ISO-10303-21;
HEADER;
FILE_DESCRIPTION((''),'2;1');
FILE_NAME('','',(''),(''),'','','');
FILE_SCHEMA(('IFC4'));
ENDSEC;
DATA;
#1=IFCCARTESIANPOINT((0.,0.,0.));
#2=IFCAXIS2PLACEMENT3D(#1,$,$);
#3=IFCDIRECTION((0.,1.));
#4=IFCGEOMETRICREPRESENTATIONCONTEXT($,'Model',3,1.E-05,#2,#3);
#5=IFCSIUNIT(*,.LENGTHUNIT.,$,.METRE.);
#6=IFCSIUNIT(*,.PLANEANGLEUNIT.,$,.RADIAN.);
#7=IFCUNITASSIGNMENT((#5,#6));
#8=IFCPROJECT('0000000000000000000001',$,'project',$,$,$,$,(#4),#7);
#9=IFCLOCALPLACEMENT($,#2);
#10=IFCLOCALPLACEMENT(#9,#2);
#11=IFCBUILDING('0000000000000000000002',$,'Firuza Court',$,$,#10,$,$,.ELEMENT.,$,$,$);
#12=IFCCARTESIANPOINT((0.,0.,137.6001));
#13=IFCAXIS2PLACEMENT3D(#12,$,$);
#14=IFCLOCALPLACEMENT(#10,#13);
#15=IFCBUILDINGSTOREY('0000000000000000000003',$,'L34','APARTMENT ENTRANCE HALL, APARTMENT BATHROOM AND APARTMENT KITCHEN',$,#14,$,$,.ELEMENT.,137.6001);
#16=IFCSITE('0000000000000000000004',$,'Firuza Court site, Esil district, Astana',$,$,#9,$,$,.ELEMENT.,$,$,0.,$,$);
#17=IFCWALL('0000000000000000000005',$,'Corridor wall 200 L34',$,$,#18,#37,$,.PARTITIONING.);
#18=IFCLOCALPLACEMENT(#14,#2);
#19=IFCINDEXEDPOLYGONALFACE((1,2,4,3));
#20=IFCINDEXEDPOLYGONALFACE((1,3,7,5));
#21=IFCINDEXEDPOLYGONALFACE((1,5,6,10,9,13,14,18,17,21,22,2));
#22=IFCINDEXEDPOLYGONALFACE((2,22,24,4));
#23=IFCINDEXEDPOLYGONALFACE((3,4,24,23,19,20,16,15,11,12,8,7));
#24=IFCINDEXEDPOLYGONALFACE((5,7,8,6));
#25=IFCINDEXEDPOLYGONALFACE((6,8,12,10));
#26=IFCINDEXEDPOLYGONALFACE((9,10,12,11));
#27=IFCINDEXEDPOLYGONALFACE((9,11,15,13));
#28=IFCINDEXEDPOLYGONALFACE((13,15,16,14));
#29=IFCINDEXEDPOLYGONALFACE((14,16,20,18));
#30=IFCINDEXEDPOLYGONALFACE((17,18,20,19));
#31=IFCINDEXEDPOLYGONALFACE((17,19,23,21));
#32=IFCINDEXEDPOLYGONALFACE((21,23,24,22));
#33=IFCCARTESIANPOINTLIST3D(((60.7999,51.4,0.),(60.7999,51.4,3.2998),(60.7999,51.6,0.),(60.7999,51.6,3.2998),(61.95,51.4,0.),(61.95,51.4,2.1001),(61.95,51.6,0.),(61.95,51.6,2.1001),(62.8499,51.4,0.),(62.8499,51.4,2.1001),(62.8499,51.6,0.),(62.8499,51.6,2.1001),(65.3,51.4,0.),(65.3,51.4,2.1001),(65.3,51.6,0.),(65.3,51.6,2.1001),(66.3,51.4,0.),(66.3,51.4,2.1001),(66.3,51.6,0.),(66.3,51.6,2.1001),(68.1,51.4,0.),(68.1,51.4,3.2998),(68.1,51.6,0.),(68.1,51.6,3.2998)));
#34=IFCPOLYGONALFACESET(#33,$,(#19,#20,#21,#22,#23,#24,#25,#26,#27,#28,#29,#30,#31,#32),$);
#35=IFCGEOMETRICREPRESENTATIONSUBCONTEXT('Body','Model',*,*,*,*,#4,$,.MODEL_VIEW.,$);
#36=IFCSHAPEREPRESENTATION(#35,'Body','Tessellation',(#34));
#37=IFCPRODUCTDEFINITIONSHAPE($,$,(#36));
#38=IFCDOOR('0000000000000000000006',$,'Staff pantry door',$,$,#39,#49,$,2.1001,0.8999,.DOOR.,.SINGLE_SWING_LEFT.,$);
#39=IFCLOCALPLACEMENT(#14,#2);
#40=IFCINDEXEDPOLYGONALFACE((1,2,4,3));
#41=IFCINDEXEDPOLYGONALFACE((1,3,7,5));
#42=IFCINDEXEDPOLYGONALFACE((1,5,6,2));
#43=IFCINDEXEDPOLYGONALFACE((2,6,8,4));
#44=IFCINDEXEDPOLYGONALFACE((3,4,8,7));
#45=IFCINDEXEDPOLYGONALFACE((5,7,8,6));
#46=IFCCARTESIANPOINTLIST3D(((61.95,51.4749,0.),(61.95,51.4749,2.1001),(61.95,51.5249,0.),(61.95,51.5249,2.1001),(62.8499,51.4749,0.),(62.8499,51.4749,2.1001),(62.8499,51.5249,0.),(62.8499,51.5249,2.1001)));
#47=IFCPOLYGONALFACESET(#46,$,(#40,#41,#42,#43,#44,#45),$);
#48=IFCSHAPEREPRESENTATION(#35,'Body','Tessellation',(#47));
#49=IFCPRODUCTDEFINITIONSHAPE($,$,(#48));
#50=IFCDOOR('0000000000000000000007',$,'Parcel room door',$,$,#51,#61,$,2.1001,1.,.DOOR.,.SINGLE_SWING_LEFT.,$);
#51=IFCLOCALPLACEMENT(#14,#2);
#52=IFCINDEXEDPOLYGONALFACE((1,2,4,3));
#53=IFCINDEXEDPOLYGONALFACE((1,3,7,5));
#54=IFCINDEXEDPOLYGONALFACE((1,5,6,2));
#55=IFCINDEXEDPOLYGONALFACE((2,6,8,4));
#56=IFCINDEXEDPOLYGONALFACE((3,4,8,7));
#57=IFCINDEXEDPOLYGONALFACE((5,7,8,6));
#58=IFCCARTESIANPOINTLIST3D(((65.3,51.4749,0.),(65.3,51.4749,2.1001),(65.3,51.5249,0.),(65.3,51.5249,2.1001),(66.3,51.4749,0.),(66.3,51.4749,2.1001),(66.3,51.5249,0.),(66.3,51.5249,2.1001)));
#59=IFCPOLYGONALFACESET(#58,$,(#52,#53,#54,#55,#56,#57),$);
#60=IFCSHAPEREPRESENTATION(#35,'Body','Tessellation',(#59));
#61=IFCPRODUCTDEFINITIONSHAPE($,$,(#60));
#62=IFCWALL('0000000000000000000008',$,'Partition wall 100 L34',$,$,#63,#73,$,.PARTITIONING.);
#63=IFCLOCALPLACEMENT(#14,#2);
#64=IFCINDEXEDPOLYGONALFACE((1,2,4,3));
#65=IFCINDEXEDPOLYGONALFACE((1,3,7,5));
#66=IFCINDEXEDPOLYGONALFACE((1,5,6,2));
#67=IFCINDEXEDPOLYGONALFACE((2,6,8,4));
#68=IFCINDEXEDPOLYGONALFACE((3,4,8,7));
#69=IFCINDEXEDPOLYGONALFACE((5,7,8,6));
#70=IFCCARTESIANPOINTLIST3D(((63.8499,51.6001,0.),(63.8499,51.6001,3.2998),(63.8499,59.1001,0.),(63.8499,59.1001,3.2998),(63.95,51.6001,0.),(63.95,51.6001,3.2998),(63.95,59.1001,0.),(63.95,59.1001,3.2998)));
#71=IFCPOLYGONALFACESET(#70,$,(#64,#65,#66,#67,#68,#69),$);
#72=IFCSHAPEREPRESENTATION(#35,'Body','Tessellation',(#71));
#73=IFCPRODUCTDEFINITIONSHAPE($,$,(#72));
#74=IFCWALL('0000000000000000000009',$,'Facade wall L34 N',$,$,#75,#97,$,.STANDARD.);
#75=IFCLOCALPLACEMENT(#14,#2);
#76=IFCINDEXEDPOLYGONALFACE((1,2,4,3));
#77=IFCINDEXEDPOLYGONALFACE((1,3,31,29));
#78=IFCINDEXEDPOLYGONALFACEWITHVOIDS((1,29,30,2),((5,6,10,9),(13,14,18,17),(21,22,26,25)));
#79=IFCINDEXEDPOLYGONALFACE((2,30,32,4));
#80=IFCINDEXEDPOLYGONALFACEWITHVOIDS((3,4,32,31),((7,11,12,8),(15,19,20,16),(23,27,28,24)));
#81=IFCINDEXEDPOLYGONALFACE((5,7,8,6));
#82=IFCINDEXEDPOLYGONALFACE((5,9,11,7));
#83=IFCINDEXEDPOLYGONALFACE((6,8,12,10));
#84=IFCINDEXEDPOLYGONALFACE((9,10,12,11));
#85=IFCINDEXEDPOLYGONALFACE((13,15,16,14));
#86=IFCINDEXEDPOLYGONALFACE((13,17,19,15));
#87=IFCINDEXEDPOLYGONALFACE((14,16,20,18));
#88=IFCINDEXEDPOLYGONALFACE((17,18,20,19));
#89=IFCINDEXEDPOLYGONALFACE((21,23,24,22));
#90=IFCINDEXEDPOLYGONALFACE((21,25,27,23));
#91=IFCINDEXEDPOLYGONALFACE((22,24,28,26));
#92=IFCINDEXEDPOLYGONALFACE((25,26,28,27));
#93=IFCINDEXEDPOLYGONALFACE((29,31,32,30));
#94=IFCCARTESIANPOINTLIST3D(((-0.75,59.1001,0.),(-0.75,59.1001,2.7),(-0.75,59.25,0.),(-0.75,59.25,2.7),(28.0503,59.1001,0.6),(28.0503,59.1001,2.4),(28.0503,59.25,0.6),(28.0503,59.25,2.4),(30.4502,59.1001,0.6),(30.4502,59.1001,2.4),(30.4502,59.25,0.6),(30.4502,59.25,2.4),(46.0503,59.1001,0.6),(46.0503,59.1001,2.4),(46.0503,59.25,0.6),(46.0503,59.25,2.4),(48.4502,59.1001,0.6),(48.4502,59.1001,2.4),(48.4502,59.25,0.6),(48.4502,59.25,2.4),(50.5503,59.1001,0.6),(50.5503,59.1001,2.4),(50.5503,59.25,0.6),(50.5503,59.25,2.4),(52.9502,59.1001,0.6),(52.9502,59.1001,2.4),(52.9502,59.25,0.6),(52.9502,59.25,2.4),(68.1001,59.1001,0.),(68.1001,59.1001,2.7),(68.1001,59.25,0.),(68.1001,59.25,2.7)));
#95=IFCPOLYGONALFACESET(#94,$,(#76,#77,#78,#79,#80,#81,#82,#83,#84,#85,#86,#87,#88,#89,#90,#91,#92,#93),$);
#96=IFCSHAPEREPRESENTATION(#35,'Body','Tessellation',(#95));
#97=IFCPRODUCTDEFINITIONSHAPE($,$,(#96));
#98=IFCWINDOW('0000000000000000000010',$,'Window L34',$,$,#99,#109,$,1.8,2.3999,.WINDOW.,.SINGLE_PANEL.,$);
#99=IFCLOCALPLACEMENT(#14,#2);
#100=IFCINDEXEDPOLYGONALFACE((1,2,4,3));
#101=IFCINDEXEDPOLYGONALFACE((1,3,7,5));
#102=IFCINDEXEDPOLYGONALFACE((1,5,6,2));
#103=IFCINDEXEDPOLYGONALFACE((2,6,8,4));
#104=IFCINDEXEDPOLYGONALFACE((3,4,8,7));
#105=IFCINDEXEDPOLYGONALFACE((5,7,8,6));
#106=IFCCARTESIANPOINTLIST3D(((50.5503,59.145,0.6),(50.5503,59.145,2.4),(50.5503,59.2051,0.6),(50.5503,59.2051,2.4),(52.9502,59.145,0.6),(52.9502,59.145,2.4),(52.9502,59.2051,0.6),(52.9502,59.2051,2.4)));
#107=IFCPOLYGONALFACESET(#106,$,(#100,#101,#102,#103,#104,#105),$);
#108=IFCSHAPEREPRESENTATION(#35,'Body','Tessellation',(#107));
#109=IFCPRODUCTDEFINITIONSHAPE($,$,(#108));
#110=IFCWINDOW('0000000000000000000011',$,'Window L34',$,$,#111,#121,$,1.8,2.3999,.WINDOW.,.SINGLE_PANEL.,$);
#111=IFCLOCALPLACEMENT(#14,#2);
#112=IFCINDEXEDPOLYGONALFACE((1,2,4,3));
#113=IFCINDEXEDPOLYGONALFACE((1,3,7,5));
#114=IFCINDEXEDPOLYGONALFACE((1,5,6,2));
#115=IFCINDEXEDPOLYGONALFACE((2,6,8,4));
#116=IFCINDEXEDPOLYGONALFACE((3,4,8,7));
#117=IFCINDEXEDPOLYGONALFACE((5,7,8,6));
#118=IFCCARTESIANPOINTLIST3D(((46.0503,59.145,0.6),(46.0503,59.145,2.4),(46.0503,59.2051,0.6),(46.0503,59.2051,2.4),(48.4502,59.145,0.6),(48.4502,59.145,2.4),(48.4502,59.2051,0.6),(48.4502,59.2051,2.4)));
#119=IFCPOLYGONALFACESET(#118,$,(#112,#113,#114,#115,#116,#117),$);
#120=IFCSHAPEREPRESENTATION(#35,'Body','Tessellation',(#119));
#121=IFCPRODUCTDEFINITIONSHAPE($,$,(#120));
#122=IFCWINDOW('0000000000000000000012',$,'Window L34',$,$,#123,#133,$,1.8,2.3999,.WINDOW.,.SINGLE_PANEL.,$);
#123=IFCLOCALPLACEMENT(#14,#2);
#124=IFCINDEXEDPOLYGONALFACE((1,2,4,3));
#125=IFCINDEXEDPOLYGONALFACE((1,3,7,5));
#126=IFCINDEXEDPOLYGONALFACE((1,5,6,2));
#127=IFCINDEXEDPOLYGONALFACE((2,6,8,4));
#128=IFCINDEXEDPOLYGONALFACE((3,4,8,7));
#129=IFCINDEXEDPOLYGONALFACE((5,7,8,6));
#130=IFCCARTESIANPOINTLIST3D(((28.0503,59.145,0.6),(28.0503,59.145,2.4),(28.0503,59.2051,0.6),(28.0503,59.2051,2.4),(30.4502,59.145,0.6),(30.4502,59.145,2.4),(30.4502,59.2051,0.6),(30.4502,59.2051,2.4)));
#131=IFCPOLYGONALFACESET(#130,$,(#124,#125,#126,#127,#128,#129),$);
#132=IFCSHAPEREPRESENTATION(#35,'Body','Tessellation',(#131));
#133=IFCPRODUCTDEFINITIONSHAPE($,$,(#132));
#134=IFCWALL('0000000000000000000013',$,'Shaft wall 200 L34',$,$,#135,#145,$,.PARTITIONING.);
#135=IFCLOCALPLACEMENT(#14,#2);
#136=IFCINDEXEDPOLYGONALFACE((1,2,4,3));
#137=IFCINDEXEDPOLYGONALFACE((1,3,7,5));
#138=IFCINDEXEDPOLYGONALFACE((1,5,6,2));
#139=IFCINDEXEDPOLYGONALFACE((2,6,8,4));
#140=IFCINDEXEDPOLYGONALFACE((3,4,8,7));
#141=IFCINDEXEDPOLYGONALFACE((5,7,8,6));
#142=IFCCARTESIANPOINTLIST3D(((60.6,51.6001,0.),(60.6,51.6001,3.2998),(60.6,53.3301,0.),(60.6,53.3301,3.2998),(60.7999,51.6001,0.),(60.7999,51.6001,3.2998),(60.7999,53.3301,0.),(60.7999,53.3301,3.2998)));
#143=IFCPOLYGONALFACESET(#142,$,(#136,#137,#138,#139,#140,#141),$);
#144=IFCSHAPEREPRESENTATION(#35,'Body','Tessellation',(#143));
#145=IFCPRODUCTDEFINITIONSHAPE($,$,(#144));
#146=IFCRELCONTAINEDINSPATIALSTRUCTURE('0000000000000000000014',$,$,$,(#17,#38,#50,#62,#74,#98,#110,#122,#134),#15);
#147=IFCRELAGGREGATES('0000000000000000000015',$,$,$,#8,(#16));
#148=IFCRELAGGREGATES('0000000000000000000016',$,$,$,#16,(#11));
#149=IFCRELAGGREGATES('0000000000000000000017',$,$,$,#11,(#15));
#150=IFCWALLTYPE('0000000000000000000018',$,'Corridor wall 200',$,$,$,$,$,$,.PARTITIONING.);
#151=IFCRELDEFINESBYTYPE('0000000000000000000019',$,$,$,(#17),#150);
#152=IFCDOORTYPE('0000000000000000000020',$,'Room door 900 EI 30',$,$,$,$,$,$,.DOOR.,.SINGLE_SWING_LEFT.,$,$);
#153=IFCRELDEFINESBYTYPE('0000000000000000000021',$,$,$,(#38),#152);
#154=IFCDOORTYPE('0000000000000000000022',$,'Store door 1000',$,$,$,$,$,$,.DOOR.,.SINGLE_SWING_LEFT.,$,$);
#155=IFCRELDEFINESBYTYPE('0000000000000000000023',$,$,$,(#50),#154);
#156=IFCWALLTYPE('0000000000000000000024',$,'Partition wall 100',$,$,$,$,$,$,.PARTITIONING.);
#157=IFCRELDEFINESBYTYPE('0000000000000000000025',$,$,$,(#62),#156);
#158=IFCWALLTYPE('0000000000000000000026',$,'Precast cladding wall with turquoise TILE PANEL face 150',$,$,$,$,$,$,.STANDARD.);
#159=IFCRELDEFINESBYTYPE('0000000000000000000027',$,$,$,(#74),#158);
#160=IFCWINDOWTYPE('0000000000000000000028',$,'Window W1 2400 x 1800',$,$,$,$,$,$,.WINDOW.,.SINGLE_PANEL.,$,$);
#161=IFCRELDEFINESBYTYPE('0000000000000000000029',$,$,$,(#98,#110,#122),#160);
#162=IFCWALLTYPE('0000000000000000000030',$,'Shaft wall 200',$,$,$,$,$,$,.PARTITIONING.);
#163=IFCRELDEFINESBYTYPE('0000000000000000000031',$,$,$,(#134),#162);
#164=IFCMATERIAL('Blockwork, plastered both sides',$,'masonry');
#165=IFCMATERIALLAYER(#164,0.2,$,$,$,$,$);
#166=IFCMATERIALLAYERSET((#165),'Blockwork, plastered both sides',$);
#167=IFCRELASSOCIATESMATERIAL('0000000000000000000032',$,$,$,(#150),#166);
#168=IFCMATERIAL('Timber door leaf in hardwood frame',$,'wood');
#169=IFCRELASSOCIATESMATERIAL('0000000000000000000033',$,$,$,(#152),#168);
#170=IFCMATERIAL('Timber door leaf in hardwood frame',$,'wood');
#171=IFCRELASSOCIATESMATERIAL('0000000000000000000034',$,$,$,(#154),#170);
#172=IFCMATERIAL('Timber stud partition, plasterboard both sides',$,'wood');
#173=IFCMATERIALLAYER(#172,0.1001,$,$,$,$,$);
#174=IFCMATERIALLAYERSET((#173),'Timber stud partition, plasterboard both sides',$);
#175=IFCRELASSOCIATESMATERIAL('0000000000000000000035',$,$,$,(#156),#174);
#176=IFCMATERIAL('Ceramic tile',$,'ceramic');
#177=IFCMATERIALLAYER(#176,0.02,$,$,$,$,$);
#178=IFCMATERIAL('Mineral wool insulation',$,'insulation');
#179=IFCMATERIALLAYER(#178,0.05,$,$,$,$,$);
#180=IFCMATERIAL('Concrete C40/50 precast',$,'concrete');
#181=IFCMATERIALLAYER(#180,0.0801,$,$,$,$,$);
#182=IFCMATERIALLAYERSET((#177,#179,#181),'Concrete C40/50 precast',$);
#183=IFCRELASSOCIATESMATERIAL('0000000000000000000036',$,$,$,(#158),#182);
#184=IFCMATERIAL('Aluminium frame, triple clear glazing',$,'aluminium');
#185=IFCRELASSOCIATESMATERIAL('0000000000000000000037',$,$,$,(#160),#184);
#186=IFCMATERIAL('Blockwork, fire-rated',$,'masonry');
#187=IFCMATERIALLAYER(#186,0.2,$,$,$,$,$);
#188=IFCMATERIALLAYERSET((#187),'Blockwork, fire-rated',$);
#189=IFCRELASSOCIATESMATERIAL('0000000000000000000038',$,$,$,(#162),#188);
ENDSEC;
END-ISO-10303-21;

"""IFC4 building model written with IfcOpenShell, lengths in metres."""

from ifc_helpers import new_model, si_unit, direction, frame, frame_2d, origin, place, context, subcontext, project, spatial, rectangle, extrude, material, layer, layer_set, type_object, element, fill, save


model = new_model("IFC4")

# Units and contexts
model_context = context("Model", 3, precision=1e-05, world=origin(), true_north=direction((0.0, 1.0)))
body_context = subcontext(model_context, "Body", "Model", "MODEL_VIEW")
ifc_project = project(units=[si_unit("LENGTHUNIT", "METRE"), si_unit("PLANEANGLEUNIT", "RADIAN")], contexts=[model_context])

# Site, building, storey
site_placement = place(None, origin())
site = spatial("IfcSite", under=ifc_project, at=site_placement, Name="Firuza Court site, Esil district, Astana", CompositionType="ELEMENT", RefElevation=0.0)
building_placement = place(site_placement, origin())
building = spatial("IfcBuilding", under=site, at=building_placement, Name="Firuza Court", CompositionType="ELEMENT")
storey_placement = place(building_placement, frame((0.0, 0.0, 137.6001)))
storey = spatial("IfcBuildingStorey", under=building, at=storey_placement, Name="L34", Description="APARTMENT ENTRANCE HALL, APARTMENT BATHROOM AND APARTMENT KITCHEN", CompositionType="ELEMENT", Elevation=137.6001)

# Wall, openings, doors
ifc_material_1 = material(Name="Blockwork, plastered both sides", Category="masonry")
ifc_layer_1 = layer(ifc_material_1, 0.2)
ifc_layer_set_1 = layer_set([ifc_layer_1], Name="Blockwork, plastered both sides")
wall_type_1 = type_object("IfcWallType", Name="Corridor wall 200", PredefinedType="PARTITIONING", material=ifc_layer_set_1)
wall_1_placement = place(storey_placement, frame((60.8, 51.5, 0.0), z_axis=(0.0, 0.0, 1.0), x_axis=(1.0, 0.0, 0.0)))
wall_1 = element("IfcWall", 1, at=wall_1_placement, inside=storey, type_object=wall_type_1, Name="Corridor wall 200 L34", PredefinedType="PARTITIONING", context=body_context, shape_type="SweptSolid", body=[
    extrude(rectangle(XDim=7.3, YDim=0.2, at=frame_2d((3.6499, 0.0))), origin(), (0.0, 0.0, 1.0), 3.2998),
])
opening_1_placement = place(wall_1_placement, frame((1.1499, 0.0, 0.0)))
opening_1 = element("IfcOpeningElement", 2, at=opening_1_placement, cuts=wall_1, PredefinedType="OPENING", context=body_context, shape_type="SweptSolid", body=[
    extrude(rectangle(XDim=0.8999, YDim=2.1001, at=frame_2d((0.45, 1.05))), frame((0.0, 0.1118, 0.0), z_axis=(0.0, -1.0, 0.0), x_axis=(1.0, 0.0, 0.0)), (0.0, 0.0, 1.0), 0.2239),
])
opening_2_placement = place(wall_1_placement, frame((4.5, 0.0, 0.0)))
opening_2 = element("IfcOpeningElement", 3, at=opening_2_placement, cuts=wall_1, PredefinedType="OPENING", context=body_context, shape_type="SweptSolid", body=[
    extrude(rectangle(XDim=1.0, YDim=2.1001, at=frame_2d((0.5, 1.05))), frame((0.0, 0.1118, 0.0), z_axis=(0.0, -1.0, 0.0), x_axis=(1.0, 0.0, 0.0)), (0.0, 0.0, 1.0), 0.2239),
])
ifc_material_2 = material(Name="Timber door leaf in hardwood frame", Category="wood")
door_type_1 = type_object("IfcDoorType", Name="Room door 900 EI 30", OperationType="SINGLE_SWING_LEFT", PredefinedType="DOOR", material=ifc_material_2)
door_1_placement = place(opening_1_placement, origin())
door_1 = element("IfcDoor", 4, at=door_1_placement, inside=storey, type_object=door_type_1, Name="Staff pantry door", OperationType="SINGLE_SWING_LEFT", OverallHeight=2.1001, OverallWidth=0.8999, PredefinedType="DOOR", context=body_context, shape_type="SweptSolid", body=[
    extrude(rectangle(XDim=0.8999, YDim=2.1001, at=frame_2d((0.45, 1.05))), frame((0.0, 0.0249, 0.0), z_axis=(0.0, -1.0, 0.0), x_axis=(1.0, 0.0, 0.0)), (0.0, 0.0, 1.0), 0.05),
])
fill(opening_1, door_1)
ifc_material_3 = material(Name="Timber door leaf in hardwood frame", Category="wood")
door_type_2 = type_object("IfcDoorType", Name="Store door 1000", OperationType="SINGLE_SWING_LEFT", PredefinedType="DOOR", material=ifc_material_3)
door_2_placement = place(opening_2_placement, origin())
door_2 = element("IfcDoor", 5, at=door_2_placement, inside=storey, type_object=door_type_2, Name="Parcel room door", OperationType="SINGLE_SWING_LEFT", OverallHeight=2.1001, OverallWidth=1.0, PredefinedType="DOOR", context=body_context, shape_type="SweptSolid", body=[
    extrude(rectangle(XDim=1.0, YDim=2.1001, at=frame_2d((0.5, 1.05))), frame((0.0, 0.0249, 0.0), z_axis=(0.0, -1.0, 0.0), x_axis=(1.0, 0.0, 0.0)), (0.0, 0.0, 1.0), 0.05),
])
fill(opening_2, door_2)

# Wall
ifc_material_4 = material(Name="Timber stud partition, plasterboard both sides", Category="wood")
ifc_layer_2 = layer(ifc_material_4, 0.1001)
ifc_layer_set_2 = layer_set([ifc_layer_2], Name="Timber stud partition, plasterboard both sides")
wall_type_2 = type_object("IfcWallType", Name="Partition wall 100", PredefinedType="PARTITIONING", material=ifc_layer_set_2)
wall_2_placement = place(storey_placement, frame((63.8999, 51.6001, 0.0), z_axis=(0.0, 0.0, 1.0), x_axis=(0.0, 1.0, 0.0)))
element("IfcWall", 6, at=wall_2_placement, inside=storey, type_object=wall_type_2, Name="Partition wall 100 L34", PredefinedType="PARTITIONING", context=body_context, shape_type="SweptSolid", body=[
    extrude(rectangle(XDim=7.5, YDim=0.1001, at=frame_2d((3.75, 0.0))), origin(), (0.0, 0.0, 1.0), 3.2998),
])

# Wall, openings, windows
ifc_material_5 = material(Name="Ceramic tile", Category="ceramic")
ifc_layer_3 = layer(ifc_material_5, 0.02)
ifc_material_6 = material(Name="Mineral wool insulation", Category="insulation")
ifc_layer_4 = layer(ifc_material_6, 0.05)
ifc_material_7 = material(Name="Concrete C40/50 precast", Category="concrete")
ifc_layer_5 = layer(ifc_material_7, 0.0801)
ifc_layer_set_3 = layer_set([ifc_layer_3, ifc_layer_4, ifc_layer_5], Name="Concrete C40/50 precast")
wall_type_3 = type_object("IfcWallType", Name="Precast cladding wall with turquoise TILE PANEL face 150", PredefinedType="STANDARD", material=ifc_layer_set_3)
wall_3_placement = place(storey_placement, frame((68.1001, 59.175, 0.0), z_axis=(0.0, 0.0, 1.0), x_axis=(-1.0, 0.0, 0.0)))
wall_3 = element("IfcWall", 7, at=wall_3_placement, inside=storey, type_object=wall_type_3, Name="Facade wall L34 N", PredefinedType="STANDARD", context=body_context, shape_type="SweptSolid", body=[
    extrude(rectangle(XDim=68.8501, YDim=0.1499, at=frame_2d((34.425, 0.0))), origin(), (0.0, 0.0, 1.0), 2.7),
])
opening_3_placement = place(wall_3_placement, frame((15.1499, 0.0, 0.6001)))
opening_3 = element("IfcOpeningElement", 8, at=opening_3_placement, cuts=wall_3, PredefinedType="OPENING", context=body_context, shape_type="SweptSolid", body=[
    extrude(rectangle(XDim=2.3999, YDim=1.8, at=frame_2d((1.2, 0.8999))), frame((0.0, 0.0869, 0.0), z_axis=(0.0, -1.0, 0.0), x_axis=(1.0, 0.0, 0.0)), (0.0, 0.0, 1.0), 0.1738),
])
opening_4_placement = place(wall_3_placement, frame((19.6499, 0.0, 0.6001)))
opening_4 = element("IfcOpeningElement", 9, at=opening_4_placement, cuts=wall_3, PredefinedType="OPENING", context=body_context, shape_type="SweptSolid", body=[
    extrude(rectangle(XDim=2.3999, YDim=1.8, at=frame_2d((1.2, 0.8999))), frame((0.0, 0.0869, 0.0), z_axis=(0.0, -1.0, 0.0), x_axis=(1.0, 0.0, 0.0)), (0.0, 0.0, 1.0), 0.1738),
])
opening_5_placement = place(wall_3_placement, frame((37.6499, 0.0, 0.6001)))
opening_5 = element("IfcOpeningElement", 10, at=opening_5_placement, cuts=wall_3, PredefinedType="OPENING", context=body_context, shape_type="SweptSolid", body=[
    extrude(rectangle(XDim=2.3999, YDim=1.8, at=frame_2d((1.2, 0.8999))), frame((0.0, 0.0869, 0.0), z_axis=(0.0, -1.0, 0.0), x_axis=(1.0, 0.0, 0.0)), (0.0, 0.0, 1.0), 0.1738),
])
ifc_material_8 = material(Name="Aluminium frame, triple clear glazing", Category="aluminium")
window_type = type_object("IfcWindowType", Name="Window W1 2400 x 1800", PartitioningType="SINGLE_PANEL", PredefinedType="WINDOW", material=ifc_material_8)
window_1_placement = place(opening_3_placement, origin())
window_1 = element("IfcWindow", 11, at=window_1_placement, inside=storey, type_object=window_type, Name="Window L34", OverallHeight=1.8, OverallWidth=2.3999, PartitioningType="SINGLE_PANEL", PredefinedType="WINDOW", context=body_context, shape_type="SweptSolid", body=[
    extrude(rectangle(XDim=2.3999, YDim=1.8, at=frame_2d((1.2, 0.8999))), frame((0.0, 0.03, 0.0), z_axis=(0.0, -1.0, 0.0), x_axis=(1.0, 0.0, 0.0)), (0.0, 0.0, 1.0), 0.0601),
])
fill(opening_3, window_1)
window_2_placement = place(opening_4_placement, origin())
window_2 = element("IfcWindow", 12, at=window_2_placement, inside=storey, type_object=window_type, Name="Window L34", OverallHeight=1.8, OverallWidth=2.3999, PartitioningType="SINGLE_PANEL", PredefinedType="WINDOW", context=body_context, shape_type="SweptSolid", body=[
    extrude(rectangle(XDim=2.3999, YDim=1.8, at=frame_2d((1.2, 0.8999))), frame((0.0, 0.03, 0.0), z_axis=(0.0, -1.0, 0.0), x_axis=(1.0, 0.0, 0.0)), (0.0, 0.0, 1.0), 0.0601),
])
fill(opening_4, window_2)
window_3_placement = place(opening_5_placement, origin())
window_3 = element("IfcWindow", 13, at=window_3_placement, inside=storey, type_object=window_type, Name="Window L34", OverallHeight=1.8, OverallWidth=2.3999, PartitioningType="SINGLE_PANEL", PredefinedType="WINDOW", context=body_context, shape_type="SweptSolid", body=[
    extrude(rectangle(XDim=2.3999, YDim=1.8, at=frame_2d((1.2, 0.8999))), frame((0.0, 0.03, 0.0), z_axis=(0.0, -1.0, 0.0), x_axis=(1.0, 0.0, 0.0)), (0.0, 0.0, 1.0), 0.0601),
])
fill(opening_5, window_3)

# Wall
ifc_material_9 = material(Name="Blockwork, fire-rated", Category="masonry")
ifc_layer_6 = layer(ifc_material_9, 0.2)
ifc_layer_set_4 = layer_set([ifc_layer_6], Name="Blockwork, fire-rated")
wall_type_4 = type_object("IfcWallType", Name="Shaft wall 200", PredefinedType="PARTITIONING", material=ifc_layer_set_4)
wall_4_placement = place(storey_placement, frame((60.7, 51.6001, 0.0), z_axis=(0.0, 0.0, 1.0), x_axis=(0.0, 1.0, 0.0)))
element("IfcWall", 14, at=wall_4_placement, inside=storey, type_object=wall_type_4, Name="Shaft wall 200 L34", PredefinedType="PARTITIONING", context=body_context, shape_type="SweptSolid", body=[
    extrude(rectangle(XDim=1.73, YDim=0.2, at=frame_2d((0.865, 0.0))), origin(), (0.0, 0.0, 1.0), 3.2998),
])

save(model, "model.ifc")
